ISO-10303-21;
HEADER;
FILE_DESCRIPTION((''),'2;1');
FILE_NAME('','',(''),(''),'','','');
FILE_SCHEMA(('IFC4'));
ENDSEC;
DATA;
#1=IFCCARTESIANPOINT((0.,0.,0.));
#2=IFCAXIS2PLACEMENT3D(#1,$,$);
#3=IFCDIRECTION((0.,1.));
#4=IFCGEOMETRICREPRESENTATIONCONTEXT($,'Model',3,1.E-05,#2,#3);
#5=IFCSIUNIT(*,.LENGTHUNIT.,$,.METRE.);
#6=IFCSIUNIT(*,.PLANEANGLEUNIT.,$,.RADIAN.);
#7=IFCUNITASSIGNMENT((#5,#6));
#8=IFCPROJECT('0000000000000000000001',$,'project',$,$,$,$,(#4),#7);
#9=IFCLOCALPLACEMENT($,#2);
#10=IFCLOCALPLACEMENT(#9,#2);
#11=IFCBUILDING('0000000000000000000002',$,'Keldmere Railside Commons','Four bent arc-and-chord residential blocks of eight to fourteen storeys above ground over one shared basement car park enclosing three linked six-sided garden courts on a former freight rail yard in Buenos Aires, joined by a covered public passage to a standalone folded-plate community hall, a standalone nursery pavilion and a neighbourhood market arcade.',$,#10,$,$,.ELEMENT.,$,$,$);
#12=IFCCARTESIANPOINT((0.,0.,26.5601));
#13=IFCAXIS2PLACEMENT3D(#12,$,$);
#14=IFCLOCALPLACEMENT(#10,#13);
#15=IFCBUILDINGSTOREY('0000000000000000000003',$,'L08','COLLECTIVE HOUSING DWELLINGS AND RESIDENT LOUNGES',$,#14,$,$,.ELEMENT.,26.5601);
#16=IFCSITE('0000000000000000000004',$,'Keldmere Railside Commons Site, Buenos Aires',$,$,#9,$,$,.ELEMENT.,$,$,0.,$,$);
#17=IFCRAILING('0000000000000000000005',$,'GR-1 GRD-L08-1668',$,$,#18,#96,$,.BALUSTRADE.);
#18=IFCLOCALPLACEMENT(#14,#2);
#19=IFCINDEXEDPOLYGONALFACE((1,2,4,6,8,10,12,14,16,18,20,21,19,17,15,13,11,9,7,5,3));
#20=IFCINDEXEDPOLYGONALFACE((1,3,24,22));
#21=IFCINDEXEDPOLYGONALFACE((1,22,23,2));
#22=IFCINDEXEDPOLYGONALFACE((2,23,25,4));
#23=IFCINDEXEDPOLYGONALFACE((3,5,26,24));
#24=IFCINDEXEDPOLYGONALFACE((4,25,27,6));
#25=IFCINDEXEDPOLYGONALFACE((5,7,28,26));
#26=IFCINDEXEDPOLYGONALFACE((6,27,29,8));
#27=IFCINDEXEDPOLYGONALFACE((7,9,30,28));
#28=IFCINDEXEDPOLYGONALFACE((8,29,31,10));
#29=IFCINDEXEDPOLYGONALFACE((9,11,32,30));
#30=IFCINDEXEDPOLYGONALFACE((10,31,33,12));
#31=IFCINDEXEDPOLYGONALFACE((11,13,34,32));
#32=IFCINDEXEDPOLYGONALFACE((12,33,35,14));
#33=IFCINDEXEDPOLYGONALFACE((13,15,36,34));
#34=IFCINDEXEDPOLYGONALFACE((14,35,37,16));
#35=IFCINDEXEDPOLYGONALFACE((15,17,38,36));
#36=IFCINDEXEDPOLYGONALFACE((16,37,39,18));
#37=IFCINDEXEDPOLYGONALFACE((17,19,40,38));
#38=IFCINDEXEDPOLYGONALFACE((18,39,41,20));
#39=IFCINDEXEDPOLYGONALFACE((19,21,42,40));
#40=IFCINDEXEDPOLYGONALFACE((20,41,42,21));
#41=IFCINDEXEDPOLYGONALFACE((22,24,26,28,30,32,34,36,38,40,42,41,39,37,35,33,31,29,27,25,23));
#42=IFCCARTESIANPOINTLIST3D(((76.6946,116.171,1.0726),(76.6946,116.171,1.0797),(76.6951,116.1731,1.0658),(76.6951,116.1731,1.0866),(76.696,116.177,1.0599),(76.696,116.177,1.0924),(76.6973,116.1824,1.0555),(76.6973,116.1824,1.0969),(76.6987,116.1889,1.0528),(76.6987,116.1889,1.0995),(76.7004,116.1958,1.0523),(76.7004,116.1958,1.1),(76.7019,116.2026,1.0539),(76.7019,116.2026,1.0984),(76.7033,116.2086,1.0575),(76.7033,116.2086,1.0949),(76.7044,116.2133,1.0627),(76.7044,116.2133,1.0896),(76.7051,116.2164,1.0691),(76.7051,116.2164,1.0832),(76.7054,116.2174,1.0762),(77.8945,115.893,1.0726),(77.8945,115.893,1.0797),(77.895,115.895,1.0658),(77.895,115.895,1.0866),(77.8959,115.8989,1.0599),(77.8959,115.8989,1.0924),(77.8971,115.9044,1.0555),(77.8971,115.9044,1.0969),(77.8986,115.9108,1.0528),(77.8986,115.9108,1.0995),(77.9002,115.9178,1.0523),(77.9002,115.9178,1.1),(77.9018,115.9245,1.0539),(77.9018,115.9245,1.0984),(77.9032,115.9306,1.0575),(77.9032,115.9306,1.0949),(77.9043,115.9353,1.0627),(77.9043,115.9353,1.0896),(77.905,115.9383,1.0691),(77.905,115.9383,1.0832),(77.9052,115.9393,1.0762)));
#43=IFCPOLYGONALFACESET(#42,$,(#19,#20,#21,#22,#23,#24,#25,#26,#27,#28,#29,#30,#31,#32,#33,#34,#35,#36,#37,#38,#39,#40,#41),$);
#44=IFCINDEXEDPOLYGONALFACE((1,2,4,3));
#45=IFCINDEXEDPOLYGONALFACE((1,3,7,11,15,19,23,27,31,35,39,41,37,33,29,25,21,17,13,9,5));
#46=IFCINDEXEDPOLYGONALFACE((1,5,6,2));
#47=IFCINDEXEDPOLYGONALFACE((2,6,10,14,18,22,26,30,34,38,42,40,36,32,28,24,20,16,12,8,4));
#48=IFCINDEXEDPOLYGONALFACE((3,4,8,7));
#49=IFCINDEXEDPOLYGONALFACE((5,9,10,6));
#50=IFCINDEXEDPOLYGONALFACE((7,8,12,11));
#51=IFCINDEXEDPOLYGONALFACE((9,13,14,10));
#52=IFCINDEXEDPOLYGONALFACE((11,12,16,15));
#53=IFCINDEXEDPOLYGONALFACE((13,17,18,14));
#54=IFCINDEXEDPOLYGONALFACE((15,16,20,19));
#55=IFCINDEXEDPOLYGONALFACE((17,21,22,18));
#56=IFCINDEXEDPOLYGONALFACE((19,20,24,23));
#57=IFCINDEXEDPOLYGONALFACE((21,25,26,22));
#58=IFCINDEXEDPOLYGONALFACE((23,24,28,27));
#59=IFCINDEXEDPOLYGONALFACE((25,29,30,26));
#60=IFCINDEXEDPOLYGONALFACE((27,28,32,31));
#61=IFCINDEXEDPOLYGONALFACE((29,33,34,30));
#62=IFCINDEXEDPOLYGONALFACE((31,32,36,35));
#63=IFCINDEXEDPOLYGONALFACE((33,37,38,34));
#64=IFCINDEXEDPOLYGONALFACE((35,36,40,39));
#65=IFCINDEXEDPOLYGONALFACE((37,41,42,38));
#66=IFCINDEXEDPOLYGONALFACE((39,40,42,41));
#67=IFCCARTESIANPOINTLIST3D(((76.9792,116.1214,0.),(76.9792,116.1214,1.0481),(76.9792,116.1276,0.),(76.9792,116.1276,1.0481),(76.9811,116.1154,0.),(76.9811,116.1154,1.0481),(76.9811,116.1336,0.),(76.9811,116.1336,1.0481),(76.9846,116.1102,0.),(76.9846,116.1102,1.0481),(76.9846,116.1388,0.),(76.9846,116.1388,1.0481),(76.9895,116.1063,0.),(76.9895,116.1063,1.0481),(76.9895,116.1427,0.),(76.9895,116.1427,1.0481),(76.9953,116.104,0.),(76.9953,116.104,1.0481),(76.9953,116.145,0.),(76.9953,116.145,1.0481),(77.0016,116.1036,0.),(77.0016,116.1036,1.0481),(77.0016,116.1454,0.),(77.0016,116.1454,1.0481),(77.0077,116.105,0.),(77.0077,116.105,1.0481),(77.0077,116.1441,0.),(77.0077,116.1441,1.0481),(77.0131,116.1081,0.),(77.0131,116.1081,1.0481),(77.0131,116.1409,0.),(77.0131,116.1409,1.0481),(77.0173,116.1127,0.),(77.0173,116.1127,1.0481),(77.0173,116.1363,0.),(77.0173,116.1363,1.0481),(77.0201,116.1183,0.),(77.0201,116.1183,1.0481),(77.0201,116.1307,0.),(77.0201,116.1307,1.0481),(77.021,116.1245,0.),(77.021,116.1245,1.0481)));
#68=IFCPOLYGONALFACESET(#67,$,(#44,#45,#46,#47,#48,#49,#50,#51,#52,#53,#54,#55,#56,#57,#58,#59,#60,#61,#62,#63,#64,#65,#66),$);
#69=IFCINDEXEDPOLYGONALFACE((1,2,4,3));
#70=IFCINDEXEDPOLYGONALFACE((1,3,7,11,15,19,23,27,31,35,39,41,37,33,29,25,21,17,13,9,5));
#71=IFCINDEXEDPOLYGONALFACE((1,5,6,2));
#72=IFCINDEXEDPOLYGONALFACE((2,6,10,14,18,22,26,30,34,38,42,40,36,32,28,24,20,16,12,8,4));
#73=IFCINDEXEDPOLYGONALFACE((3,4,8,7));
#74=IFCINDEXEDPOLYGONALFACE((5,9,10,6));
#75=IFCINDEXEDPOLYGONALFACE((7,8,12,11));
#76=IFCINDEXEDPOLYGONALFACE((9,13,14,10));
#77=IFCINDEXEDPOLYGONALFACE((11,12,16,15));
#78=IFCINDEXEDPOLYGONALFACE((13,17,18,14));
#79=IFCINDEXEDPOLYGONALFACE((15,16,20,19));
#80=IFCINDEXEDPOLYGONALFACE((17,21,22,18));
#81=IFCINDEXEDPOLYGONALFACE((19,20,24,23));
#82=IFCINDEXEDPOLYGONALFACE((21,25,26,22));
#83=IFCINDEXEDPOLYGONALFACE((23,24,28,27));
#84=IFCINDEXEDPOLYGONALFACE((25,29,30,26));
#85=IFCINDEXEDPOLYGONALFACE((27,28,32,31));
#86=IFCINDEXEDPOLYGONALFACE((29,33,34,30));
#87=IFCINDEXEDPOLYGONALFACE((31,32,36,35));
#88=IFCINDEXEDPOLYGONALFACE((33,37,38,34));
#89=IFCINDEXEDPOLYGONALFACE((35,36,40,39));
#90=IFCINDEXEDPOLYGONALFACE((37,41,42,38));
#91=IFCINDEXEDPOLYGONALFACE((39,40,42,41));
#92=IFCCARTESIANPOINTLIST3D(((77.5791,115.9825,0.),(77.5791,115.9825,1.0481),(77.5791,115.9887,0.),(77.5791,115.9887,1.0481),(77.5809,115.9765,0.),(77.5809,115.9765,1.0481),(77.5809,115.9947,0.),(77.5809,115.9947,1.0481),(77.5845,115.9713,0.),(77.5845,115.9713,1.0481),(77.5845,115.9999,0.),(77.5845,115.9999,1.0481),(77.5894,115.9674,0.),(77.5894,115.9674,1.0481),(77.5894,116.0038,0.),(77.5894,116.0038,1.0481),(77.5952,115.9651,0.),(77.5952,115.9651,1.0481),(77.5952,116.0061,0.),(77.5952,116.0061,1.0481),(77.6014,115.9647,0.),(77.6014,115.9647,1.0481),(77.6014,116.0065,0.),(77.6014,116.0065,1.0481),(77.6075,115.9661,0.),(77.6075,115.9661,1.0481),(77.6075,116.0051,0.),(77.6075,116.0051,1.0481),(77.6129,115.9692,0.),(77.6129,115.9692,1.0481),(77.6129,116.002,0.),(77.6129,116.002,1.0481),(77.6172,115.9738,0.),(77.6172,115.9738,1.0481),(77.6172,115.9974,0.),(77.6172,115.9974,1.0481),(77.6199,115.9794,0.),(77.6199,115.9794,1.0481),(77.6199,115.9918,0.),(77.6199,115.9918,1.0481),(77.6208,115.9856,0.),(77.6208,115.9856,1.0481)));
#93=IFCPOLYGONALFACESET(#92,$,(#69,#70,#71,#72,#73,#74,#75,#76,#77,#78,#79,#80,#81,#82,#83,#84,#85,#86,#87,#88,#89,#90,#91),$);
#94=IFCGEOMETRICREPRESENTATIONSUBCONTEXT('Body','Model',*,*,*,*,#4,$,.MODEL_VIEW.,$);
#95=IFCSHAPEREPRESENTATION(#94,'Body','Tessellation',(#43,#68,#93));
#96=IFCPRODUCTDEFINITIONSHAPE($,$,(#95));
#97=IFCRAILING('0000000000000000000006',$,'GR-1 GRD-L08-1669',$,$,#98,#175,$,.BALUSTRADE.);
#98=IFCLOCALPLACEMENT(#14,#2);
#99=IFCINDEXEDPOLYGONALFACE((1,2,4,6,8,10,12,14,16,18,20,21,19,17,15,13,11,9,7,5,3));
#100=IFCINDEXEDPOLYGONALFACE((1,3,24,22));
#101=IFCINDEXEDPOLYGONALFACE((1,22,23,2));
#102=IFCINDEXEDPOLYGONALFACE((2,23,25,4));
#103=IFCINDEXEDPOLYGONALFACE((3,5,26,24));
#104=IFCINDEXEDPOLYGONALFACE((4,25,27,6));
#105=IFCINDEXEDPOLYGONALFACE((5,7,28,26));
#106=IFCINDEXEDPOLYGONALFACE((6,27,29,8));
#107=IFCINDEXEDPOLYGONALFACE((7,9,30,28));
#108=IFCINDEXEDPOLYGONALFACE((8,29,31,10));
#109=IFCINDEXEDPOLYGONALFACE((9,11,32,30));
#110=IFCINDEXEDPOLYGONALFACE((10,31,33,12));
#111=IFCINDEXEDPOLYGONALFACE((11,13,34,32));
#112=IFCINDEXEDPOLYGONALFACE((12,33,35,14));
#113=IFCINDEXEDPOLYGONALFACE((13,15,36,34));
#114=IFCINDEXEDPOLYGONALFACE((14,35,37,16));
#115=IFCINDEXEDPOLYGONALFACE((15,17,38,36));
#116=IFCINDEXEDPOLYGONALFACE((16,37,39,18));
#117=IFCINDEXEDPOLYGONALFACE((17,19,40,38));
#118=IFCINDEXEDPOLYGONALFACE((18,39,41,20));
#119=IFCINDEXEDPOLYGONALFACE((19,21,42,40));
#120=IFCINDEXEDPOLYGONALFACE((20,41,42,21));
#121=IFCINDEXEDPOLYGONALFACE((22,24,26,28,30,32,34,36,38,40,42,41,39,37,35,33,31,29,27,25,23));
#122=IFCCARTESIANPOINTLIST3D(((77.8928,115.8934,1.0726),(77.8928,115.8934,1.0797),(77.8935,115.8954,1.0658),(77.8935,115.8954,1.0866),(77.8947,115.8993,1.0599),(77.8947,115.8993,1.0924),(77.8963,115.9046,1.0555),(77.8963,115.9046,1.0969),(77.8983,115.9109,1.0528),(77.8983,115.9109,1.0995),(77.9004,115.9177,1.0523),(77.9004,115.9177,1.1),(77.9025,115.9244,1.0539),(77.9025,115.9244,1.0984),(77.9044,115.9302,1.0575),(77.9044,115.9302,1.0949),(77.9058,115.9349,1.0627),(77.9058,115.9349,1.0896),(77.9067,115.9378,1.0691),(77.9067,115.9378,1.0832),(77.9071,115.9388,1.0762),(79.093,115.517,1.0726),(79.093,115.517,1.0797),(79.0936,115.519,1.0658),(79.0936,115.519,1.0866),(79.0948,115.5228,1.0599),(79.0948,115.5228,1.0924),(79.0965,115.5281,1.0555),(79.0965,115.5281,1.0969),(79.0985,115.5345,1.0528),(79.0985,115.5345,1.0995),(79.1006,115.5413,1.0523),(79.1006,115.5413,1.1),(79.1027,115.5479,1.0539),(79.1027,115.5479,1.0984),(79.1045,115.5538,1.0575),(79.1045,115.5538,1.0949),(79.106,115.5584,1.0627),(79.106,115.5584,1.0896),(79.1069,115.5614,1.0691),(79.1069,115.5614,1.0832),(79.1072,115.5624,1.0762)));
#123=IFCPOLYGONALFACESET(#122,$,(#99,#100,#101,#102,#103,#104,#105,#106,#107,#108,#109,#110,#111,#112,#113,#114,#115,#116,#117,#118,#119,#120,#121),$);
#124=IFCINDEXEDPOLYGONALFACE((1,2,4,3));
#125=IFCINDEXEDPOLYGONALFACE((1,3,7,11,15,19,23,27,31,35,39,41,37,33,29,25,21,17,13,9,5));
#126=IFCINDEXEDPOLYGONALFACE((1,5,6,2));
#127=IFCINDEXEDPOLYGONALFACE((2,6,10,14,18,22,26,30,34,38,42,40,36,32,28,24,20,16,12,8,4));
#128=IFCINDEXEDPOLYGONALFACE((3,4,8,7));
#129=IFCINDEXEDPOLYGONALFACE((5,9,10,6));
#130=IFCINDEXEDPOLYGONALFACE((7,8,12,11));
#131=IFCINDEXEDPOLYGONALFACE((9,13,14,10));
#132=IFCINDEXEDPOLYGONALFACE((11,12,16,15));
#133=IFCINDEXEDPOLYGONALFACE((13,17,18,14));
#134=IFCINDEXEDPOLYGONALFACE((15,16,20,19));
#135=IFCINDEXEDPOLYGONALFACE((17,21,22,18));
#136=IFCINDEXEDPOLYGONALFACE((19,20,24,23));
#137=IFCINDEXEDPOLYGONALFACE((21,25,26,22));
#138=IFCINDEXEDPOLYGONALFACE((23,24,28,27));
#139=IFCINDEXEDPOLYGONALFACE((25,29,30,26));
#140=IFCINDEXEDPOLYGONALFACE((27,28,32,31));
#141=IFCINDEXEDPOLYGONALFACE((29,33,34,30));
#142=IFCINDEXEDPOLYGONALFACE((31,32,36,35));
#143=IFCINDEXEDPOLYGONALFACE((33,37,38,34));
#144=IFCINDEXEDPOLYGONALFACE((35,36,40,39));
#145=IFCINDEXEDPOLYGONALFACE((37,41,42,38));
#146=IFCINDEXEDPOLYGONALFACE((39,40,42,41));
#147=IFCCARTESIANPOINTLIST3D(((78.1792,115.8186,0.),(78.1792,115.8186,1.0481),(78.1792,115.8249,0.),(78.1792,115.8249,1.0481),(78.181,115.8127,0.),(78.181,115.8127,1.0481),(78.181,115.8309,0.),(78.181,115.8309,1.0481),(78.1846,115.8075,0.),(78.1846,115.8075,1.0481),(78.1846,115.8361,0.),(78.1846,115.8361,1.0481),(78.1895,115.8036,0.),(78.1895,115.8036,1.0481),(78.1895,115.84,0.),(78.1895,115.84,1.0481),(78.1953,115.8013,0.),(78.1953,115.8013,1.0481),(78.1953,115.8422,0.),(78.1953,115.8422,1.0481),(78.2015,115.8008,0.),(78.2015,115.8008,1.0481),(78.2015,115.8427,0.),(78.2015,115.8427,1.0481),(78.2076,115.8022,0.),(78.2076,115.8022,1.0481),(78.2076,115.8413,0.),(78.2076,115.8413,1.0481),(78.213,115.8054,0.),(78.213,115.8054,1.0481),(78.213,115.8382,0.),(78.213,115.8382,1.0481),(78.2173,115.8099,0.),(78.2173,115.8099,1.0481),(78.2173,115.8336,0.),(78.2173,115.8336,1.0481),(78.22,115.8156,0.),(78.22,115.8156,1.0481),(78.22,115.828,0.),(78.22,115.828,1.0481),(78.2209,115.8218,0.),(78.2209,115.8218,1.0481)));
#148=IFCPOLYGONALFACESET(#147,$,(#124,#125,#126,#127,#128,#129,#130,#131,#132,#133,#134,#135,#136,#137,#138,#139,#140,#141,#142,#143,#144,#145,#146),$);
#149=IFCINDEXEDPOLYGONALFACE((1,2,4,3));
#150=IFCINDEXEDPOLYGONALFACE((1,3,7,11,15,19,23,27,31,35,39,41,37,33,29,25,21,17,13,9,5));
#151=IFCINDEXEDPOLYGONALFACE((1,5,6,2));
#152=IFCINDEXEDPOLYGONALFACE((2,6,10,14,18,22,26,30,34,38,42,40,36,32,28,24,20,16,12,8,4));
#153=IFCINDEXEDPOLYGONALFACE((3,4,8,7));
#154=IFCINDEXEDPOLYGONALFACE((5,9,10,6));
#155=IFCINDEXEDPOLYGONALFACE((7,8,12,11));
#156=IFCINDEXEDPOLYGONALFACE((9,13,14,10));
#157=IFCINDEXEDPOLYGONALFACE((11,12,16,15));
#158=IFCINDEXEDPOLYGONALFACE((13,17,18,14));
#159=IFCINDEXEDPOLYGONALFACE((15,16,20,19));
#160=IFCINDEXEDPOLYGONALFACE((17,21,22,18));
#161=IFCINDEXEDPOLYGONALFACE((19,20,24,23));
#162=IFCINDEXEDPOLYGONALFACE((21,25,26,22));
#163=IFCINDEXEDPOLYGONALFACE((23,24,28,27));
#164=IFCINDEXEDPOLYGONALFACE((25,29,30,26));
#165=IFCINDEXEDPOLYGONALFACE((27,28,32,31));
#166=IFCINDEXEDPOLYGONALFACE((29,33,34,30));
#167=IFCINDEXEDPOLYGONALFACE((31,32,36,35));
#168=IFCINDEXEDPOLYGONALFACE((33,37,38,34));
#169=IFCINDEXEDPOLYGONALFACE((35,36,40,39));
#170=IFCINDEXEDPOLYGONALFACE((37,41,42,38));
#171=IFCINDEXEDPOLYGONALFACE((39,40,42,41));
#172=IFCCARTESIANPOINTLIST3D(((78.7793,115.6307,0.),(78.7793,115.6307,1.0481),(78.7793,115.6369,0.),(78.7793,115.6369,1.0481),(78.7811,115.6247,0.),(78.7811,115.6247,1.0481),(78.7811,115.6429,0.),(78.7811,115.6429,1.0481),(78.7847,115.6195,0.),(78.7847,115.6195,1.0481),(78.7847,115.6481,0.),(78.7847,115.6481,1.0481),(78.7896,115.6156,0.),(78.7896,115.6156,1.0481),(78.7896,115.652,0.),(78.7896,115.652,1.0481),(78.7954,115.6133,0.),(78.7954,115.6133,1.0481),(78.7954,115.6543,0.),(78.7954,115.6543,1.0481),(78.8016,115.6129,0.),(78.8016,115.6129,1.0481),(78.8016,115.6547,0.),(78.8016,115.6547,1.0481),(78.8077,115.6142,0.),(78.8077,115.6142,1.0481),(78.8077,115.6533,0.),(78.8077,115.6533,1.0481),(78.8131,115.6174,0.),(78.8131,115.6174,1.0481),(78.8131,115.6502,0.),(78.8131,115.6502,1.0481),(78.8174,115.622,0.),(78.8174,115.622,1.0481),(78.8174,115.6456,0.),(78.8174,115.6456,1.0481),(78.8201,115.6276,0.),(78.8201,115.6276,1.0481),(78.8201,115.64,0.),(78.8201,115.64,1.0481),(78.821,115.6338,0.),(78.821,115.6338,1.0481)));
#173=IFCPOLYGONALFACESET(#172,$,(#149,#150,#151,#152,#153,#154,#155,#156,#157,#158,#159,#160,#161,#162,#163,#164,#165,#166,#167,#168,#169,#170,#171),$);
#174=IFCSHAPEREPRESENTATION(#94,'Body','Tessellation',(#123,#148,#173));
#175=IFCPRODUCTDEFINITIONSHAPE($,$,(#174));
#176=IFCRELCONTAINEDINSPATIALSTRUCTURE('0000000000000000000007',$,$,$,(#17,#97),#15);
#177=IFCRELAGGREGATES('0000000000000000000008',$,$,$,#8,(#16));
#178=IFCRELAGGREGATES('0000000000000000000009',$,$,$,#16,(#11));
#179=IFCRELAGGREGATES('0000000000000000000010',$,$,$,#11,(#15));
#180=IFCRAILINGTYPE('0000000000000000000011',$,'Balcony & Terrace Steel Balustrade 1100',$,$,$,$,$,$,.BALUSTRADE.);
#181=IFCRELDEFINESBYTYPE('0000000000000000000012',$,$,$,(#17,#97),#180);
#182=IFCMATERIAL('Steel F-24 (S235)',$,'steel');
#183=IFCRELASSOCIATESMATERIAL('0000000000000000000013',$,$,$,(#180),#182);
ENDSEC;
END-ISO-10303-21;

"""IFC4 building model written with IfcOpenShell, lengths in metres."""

from ifc_helpers import new_model, si_unit, direction, frame, origin, origin_2d, place, context, subcontext, project, spatial, circle, extrude, material, type_object, element, save


model = new_model("IFC4")

# Units and contexts
model_context = context("Model", 3, precision=1e-05, world=origin(), true_north=direction((0.0, 1.0)))
body_context = subcontext(model_context, "Body", "Model", "MODEL_VIEW")
ifc_project = project(units=[si_unit("LENGTHUNIT", "METRE"), si_unit("PLANEANGLEUNIT", "RADIAN")], contexts=[model_context])

# Site, building, storey
site_placement = place(None, origin())
site = spatial("IfcSite", under=ifc_project, at=site_placement, Name="Keldmere Railside Commons Site, Buenos Aires", CompositionType="ELEMENT", RefElevation=0.0)
building_placement = place(site_placement, origin())
building = spatial("IfcBuilding", under=site, at=building_placement, Name="Keldmere Railside Commons", Description="Four bent arc-and-chord residential blocks of eight to fourteen storeys above ground over one shared basement car park enclosing three linked six-sided garden courts on a former freight rail yard in Buenos Aires, joined by a covered public passage to a standalone folded-plate community hall, a standalone nursery pavilion and a neighbourhood market arcade.", CompositionType="ELEMENT")
storey_placement = place(building_placement, frame((0.0, 0.0, 26.5601)))
storey = spatial("IfcBuildingStorey", under=building, at=storey_placement, Name="L08", Description="COLLECTIVE HOUSING DWELLINGS AND RESIDENT LOUNGES", CompositionType="ELEMENT", Elevation=26.5601)

# Railings
ifc_material_1 = material(Name="Steel F-24 (S235)", Category="steel")
railing_type = type_object("IfcRailingType", Name="Balcony & Terrace Steel Balustrade 1100", PredefinedType="BALUSTRADE", material=ifc_material_1)
railing_1_placement = place(storey_placement, frame((76.7, 116.1941, 0.0)))
element("IfcRailing", 1, at=railing_1_placement, inside=storey, type_object=railing_type, Name="GR-1 GRD-L08-1668", PredefinedType="BALUSTRADE", context=body_context, shape_type="SweptSolid", body=[
    extrude(circle(Radius=0.0239, at=origin_2d()), frame((0.0, 0.0, 1.0762), z_axis=(0.974184, -0.225757, 0.0), x_axis=(0.225757, 0.974184, 0.0)), (0.0, 0.0, 1.0), 1.2317),
    extrude(circle(Radius=0.021, at=origin_2d()), frame((0.3, -0.0696, 0.0)), (0.0, 0.0, 1.0), 1.0481),
    extrude(circle(Radius=0.021, at=origin_2d()), frame((0.8999, -0.2085, 0.0)), (0.0, 0.0, 1.0), 1.0481),
])
railing_2_placement = place(storey_placement, frame((77.8999, 115.916, 0.0)))
element("IfcRailing", 2, at=railing_2_placement, inside=storey, type_object=railing_type, Name="GR-1 GRD-L08-1669", PredefinedType="BALUSTRADE", context=body_context, shape_type="SweptSolid", body=[
    extrude(circle(Radius=0.0239, at=origin_2d()), frame((0.0, 0.0, 1.0762), z_axis=(0.954162, -0.299292, 0.0), x_axis=(0.299292, 0.954162, 0.0)), (0.0, 0.0, 1.0), 1.2578),
    extrude(circle(Radius=0.021, at=origin_2d()), frame((0.3, -0.0942, 0.0)), (0.0, 0.0, 1.0), 1.0481),
    extrude(circle(Radius=0.021, at=origin_2d()), frame((0.9001, -0.2822, 0.0)), (0.0, 0.0, 1.0), 1.0481),
])

save(model, "model.ifc")
